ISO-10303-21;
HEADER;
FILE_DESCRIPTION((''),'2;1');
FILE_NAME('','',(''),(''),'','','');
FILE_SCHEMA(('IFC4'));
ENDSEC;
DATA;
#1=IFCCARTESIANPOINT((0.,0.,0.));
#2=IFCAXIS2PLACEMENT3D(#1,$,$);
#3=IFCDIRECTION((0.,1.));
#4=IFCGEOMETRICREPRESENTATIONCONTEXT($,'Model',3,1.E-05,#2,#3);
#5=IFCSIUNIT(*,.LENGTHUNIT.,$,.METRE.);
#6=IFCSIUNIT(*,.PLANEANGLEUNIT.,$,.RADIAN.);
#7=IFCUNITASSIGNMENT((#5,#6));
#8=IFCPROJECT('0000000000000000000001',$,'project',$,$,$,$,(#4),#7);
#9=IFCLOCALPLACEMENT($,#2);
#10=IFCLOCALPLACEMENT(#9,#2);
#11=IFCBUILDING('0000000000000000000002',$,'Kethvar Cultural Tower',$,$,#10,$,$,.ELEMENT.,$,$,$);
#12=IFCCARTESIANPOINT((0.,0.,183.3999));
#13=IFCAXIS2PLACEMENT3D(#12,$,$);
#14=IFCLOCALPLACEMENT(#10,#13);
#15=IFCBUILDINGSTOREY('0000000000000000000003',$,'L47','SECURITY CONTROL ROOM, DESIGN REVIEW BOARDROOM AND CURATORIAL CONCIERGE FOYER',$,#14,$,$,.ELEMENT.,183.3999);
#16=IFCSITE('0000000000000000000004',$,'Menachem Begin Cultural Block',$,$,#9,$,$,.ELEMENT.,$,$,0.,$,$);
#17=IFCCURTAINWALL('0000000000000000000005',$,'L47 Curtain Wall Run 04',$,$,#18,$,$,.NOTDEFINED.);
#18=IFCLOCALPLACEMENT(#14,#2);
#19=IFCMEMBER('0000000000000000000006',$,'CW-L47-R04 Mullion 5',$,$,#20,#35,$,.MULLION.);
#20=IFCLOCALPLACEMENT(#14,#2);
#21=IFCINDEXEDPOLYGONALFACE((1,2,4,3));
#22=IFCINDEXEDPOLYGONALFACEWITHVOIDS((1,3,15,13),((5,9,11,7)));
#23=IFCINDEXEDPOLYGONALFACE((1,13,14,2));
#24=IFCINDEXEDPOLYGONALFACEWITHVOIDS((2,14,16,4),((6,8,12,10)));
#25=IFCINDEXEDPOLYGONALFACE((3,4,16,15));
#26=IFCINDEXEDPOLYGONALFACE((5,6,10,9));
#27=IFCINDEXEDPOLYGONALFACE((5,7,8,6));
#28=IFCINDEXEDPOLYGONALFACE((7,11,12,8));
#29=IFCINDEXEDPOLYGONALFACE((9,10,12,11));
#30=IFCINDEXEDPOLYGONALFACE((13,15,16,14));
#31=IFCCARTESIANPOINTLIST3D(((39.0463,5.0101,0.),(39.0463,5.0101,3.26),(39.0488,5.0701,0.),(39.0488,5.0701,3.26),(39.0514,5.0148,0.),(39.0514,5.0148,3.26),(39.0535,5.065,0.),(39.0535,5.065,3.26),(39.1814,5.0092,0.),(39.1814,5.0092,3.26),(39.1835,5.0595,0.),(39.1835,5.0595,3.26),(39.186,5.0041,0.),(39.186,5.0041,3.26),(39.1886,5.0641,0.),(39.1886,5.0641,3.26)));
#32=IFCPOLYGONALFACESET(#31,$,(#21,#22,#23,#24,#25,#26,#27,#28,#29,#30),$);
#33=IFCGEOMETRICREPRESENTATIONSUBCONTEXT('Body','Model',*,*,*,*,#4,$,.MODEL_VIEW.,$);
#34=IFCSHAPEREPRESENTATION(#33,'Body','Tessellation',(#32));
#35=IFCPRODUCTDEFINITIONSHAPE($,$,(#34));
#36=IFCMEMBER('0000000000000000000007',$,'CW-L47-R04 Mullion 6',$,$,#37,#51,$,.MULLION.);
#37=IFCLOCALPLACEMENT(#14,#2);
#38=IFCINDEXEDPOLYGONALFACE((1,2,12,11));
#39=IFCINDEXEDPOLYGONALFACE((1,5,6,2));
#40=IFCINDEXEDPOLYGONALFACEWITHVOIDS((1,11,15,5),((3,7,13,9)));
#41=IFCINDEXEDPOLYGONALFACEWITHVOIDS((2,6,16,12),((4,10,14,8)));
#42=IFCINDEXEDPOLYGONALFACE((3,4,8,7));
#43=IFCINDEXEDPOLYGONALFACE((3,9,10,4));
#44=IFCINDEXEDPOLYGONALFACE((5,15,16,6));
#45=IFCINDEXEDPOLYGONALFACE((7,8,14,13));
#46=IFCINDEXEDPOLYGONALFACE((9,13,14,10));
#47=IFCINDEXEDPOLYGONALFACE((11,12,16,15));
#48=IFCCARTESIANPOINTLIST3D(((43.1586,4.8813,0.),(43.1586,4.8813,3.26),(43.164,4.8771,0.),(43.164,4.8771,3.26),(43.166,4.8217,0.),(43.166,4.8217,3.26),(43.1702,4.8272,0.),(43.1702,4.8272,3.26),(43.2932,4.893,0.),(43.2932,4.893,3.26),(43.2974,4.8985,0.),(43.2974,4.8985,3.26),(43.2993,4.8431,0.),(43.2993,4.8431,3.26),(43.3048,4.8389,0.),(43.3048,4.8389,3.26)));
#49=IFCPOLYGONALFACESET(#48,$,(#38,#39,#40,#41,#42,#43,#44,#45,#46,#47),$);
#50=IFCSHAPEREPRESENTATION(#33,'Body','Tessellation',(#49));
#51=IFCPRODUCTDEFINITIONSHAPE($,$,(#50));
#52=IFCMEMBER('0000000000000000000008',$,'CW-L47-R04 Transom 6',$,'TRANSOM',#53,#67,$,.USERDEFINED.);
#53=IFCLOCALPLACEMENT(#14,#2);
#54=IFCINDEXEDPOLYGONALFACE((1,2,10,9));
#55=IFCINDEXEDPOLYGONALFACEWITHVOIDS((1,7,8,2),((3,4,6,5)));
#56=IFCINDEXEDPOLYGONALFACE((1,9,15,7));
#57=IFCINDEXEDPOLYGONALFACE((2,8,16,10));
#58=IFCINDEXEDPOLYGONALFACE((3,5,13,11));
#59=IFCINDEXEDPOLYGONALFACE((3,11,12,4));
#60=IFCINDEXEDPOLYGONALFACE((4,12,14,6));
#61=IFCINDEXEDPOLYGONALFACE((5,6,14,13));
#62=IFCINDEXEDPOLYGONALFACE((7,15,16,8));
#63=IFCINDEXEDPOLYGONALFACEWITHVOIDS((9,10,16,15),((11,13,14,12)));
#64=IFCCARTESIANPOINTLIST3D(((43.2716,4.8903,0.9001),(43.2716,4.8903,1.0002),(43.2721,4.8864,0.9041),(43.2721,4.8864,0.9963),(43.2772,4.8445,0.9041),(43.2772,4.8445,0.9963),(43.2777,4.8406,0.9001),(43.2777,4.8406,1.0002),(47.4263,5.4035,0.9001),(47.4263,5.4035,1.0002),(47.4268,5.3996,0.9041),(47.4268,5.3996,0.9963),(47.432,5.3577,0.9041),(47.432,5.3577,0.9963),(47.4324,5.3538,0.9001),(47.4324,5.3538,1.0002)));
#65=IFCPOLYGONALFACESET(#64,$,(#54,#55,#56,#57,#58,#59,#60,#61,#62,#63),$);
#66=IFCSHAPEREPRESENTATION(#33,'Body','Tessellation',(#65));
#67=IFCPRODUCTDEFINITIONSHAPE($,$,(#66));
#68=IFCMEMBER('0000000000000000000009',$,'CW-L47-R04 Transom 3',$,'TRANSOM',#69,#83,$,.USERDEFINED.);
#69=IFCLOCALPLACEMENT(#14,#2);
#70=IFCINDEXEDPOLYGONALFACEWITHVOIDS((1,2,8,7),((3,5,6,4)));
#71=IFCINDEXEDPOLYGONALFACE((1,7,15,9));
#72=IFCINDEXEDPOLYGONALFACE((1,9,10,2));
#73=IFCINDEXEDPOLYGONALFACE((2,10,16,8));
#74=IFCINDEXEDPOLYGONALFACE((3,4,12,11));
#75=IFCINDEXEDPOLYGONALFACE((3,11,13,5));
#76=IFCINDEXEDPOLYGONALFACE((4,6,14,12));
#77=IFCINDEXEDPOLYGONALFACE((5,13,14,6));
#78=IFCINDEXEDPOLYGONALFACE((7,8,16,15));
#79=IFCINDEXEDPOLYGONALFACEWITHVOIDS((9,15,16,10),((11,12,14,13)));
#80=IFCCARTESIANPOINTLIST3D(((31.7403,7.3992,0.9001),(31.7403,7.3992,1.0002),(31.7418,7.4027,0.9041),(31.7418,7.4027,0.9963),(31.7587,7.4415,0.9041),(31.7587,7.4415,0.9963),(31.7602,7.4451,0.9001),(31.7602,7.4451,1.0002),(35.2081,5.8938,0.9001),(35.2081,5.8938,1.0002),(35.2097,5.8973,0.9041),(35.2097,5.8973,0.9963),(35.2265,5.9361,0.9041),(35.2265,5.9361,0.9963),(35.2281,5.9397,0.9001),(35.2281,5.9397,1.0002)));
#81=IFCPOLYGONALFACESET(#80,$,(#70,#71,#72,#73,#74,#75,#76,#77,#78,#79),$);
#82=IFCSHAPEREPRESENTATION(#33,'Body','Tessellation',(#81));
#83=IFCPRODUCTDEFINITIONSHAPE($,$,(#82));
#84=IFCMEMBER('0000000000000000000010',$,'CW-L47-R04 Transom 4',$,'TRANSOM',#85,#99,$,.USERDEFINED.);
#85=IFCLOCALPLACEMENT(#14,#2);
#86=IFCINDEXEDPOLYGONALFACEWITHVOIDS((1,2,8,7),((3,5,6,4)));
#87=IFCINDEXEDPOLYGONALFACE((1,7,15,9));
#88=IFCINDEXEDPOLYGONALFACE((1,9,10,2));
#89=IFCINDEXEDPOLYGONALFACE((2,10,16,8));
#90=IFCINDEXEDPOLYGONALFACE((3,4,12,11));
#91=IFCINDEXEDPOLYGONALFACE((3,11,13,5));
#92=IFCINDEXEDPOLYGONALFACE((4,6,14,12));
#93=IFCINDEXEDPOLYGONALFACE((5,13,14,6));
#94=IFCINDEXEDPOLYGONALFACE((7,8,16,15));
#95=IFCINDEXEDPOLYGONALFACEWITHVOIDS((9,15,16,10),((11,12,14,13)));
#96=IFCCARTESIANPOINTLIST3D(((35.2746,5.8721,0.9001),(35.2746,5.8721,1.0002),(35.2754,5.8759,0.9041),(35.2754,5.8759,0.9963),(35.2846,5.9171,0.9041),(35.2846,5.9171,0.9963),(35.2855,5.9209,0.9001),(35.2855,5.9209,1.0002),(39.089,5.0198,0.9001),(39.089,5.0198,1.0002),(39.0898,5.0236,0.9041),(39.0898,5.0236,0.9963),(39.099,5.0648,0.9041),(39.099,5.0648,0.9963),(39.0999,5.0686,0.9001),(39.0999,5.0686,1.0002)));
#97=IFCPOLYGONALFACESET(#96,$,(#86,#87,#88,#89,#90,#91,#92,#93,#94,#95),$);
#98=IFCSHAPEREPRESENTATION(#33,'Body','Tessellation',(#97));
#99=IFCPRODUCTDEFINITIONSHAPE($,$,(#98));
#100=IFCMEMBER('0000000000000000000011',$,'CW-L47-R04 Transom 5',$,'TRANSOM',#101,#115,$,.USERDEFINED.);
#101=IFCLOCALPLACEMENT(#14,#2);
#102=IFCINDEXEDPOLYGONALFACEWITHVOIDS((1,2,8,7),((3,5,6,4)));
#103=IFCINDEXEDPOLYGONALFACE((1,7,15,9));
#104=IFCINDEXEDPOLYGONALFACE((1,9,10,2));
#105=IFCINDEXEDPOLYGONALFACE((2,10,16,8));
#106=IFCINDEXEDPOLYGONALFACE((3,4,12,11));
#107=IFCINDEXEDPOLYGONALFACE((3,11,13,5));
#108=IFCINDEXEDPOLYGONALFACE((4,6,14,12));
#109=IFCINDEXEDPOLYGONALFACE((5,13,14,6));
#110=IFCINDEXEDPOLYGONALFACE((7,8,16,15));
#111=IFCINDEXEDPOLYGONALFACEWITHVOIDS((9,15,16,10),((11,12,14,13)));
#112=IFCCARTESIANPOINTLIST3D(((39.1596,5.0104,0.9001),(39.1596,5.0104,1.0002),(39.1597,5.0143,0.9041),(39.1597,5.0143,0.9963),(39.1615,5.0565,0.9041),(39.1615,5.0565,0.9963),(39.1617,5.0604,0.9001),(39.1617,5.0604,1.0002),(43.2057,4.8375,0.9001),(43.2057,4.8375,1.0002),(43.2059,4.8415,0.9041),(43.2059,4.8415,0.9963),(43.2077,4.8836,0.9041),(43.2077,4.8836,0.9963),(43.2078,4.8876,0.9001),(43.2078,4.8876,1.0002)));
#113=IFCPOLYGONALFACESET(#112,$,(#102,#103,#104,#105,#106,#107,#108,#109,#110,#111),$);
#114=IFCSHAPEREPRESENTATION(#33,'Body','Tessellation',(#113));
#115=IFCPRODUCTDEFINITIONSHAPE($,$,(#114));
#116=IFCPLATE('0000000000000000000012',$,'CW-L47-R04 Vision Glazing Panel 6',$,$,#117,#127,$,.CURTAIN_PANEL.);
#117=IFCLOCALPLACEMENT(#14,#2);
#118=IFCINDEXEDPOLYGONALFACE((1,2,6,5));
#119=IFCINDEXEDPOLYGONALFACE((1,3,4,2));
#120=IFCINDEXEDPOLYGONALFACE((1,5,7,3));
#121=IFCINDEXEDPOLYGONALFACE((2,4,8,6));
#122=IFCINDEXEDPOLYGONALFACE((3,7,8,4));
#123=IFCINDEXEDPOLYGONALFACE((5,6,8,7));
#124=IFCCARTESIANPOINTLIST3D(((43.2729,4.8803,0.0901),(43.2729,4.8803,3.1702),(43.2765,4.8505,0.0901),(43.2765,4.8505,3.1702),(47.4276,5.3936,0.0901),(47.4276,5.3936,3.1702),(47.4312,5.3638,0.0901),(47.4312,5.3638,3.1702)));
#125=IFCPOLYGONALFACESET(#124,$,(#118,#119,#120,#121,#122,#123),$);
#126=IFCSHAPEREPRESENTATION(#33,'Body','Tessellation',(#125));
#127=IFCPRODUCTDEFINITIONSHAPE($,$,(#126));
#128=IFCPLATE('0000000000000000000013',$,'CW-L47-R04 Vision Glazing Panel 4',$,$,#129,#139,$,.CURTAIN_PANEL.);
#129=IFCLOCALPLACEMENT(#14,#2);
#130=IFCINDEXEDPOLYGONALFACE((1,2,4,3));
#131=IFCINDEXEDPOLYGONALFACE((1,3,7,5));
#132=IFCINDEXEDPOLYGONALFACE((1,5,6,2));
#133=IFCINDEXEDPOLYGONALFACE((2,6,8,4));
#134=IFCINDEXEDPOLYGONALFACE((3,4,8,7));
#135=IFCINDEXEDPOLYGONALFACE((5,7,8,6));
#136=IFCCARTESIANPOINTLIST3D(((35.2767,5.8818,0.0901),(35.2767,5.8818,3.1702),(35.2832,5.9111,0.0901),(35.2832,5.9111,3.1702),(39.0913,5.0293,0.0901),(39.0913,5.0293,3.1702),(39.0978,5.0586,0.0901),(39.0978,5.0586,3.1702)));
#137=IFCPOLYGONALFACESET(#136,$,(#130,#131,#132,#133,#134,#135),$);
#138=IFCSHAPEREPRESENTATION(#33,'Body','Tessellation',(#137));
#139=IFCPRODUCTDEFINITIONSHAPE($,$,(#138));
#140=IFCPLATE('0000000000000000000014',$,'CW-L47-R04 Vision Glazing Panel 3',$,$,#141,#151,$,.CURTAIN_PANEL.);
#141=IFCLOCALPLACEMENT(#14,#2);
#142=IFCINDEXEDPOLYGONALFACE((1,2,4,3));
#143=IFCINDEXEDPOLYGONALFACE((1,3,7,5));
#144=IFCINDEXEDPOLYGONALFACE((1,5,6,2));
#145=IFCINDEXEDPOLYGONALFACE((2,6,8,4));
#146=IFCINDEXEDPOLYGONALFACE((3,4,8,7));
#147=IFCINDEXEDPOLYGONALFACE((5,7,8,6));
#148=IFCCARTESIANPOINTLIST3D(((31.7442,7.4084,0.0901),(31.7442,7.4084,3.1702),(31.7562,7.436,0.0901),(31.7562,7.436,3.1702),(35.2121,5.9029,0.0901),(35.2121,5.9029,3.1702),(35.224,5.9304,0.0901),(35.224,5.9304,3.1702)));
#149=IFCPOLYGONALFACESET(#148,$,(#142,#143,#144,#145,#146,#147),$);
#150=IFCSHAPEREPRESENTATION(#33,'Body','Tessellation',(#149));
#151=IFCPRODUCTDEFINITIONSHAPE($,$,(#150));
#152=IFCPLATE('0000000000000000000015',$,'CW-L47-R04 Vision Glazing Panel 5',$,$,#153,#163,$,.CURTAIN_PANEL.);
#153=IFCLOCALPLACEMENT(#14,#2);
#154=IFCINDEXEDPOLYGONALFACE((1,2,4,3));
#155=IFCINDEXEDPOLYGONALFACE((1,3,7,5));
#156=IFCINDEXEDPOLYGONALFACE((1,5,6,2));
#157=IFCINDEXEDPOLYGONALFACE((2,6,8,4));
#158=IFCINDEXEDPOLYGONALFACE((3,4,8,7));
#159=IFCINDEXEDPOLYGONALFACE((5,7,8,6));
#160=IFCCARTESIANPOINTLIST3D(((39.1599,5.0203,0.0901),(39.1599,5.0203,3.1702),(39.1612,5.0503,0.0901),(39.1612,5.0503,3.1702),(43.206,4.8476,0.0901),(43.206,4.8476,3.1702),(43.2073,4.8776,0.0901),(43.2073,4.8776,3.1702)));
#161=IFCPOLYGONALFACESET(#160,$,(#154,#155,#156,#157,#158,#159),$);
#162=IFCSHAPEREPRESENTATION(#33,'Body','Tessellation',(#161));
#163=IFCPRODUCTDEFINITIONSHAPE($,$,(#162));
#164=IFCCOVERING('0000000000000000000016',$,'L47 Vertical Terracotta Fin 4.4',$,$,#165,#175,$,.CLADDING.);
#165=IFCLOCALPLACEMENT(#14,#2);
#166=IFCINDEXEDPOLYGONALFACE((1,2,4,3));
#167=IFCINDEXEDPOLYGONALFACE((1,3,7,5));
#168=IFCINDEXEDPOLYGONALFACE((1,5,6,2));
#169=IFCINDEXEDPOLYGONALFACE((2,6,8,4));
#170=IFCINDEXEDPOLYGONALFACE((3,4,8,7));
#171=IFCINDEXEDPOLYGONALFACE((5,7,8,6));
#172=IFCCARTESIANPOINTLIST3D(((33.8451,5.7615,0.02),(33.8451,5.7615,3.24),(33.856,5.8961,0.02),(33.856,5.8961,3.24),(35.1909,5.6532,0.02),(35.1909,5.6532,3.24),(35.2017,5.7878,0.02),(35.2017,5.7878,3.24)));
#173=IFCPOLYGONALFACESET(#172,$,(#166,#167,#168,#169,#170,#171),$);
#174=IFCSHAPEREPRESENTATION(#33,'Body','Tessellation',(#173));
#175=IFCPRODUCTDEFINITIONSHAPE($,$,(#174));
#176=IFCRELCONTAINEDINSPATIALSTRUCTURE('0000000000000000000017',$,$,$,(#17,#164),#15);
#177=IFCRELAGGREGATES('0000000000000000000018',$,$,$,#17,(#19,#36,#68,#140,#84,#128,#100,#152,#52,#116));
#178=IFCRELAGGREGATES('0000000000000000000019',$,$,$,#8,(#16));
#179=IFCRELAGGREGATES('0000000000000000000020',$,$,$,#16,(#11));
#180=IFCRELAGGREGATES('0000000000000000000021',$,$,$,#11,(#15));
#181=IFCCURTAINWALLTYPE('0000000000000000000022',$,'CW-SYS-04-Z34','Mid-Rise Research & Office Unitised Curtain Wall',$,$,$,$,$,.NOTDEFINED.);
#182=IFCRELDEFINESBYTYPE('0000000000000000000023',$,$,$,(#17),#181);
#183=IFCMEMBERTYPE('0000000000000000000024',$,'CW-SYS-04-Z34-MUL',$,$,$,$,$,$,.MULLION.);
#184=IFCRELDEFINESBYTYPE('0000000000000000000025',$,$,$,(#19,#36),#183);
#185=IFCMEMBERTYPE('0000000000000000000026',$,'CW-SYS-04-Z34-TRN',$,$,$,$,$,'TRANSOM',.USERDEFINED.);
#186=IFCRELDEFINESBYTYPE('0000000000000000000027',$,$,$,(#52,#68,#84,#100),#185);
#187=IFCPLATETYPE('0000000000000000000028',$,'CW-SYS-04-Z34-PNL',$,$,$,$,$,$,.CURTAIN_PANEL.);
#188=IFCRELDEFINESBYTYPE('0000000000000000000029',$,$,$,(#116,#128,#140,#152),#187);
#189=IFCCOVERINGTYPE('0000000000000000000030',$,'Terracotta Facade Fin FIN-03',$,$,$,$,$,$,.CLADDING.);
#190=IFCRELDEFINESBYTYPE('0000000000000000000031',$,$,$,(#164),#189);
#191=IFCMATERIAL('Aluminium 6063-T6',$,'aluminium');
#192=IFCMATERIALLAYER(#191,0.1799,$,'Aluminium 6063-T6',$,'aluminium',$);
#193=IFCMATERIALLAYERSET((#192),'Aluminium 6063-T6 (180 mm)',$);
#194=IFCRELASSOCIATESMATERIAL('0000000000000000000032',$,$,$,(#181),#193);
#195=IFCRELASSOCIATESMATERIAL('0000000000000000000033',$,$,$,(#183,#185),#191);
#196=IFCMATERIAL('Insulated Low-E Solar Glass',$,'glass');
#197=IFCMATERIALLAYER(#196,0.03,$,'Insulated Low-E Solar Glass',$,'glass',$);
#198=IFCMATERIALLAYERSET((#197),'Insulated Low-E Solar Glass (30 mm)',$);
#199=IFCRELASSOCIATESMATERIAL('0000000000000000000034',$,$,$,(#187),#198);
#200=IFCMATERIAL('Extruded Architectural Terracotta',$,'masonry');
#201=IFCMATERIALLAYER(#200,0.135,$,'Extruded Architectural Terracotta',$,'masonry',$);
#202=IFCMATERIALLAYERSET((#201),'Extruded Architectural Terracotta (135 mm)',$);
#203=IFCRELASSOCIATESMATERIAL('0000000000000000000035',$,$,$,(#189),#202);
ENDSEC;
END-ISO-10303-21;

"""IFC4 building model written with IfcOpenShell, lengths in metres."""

from ifc_helpers import new_model, si_unit, direction, frame, origin, origin_2d, place, context, subcontext, project, spatial, rectangle, hollow_rectangle, extrude, source, transform, mapped, material, layer, layer_set, material_profile, profile_set, type_object, element, aggregate, save


model = new_model("IFC4")

# Units and contexts
model_context = context("Model", 3, precision=1e-05, world=origin(), true_north=direction((0.0, 1.0)))
body_context = subcontext(model_context, "Body", "Model", "MODEL_VIEW")
ifc_project = project(units=[si_unit("LENGTHUNIT", "METRE"), si_unit("PLANEANGLEUNIT", "RADIAN")], contexts=[model_context])

# Site, building, storey
site_placement = place(None, origin())
site = spatial("IfcSite", under=ifc_project, at=site_placement, Name="Menachem Begin Cultural Block", CompositionType="ELEMENT", RefElevation=0.0)
building_placement = place(site_placement, origin())
building = spatial("IfcBuilding", under=site, at=building_placement, Name="Kethvar Cultural Tower", CompositionType="ELEMENT")
storey_placement = place(building_placement, frame((0.0, 0.0, 183.3999)))
storey = spatial("IfcBuildingStorey", under=building, at=storey_placement, Name="L47", Description="SECURITY CONTROL ROOM, DESIGN REVIEW BOARDROOM AND CURATORIAL CONCIERGE FOYER", CompositionType="ELEMENT", Elevation=183.3999)

# Curtain wall, members, plates
ifc_material_1 = material(Name="Aluminium 6063-T6", Category="aluminium")
ifc_layer_1 = layer(ifc_material_1, 0.1799, Name="Aluminium 6063-T6", Category="aluminium")
ifc_layer_set_1 = layer_set([ifc_layer_1], Name="Aluminium 6063-T6 (180 mm)")
curtain_wall_type = type_object("IfcCurtainWallType", Name="CW-SYS-04-Z34", Description="Mid-Rise Research & Office Unitised Curtain Wall", PredefinedType="NOTDEFINED", material=ifc_layer_set_1)
curtain_wall_placement = place(storey_placement, origin())
curtain_wall = element("IfcCurtainWall", 1, at=curtain_wall_placement, inside=storey, type_object=curtain_wall_type, Name="L47 Curtain Wall Run 04", PredefinedType="NOTDEFINED")
ifc_material_profile_1 = material_profile(ifc_material_1, hollow_rectangle(XDim=0.0601, YDim=0.1399, WallThickness=0.0049, at=origin_2d()), Name="Aluminium 6063-T6 — RHS140x60x5")
ifc_profile_set_1 = profile_set([ifc_material_profile_1], Name="Aluminium 6063-T6 — RHS140x60x5")
member_type_1 = type_object("IfcMemberType", Name="CW-SYS-04-Z34-MUL", PredefinedType="MULLION", material=ifc_profile_set_1)
shared_shape_1 = source(origin(), body_context, "Body", "SweptSolid", [
    extrude(hollow_rectangle(XDim=0.0601, YDim=0.1399, WallThickness=0.0049, at=origin_2d()), origin(), (0.0, 0.0, 1.0), 3.26),
])
member_1_placement = place(storey_placement, frame((39.1174, 5.0371, 0.0), z_axis=(0.0, 0.0, 1.0), x_axis=(0.042643, 0.99909, 0.0)))
member_1 = element("IfcMember", 2, at=member_1_placement, type_object=member_type_1, Name="CW-L47-R04 Mullion 5", PredefinedType="MULLION", context=body_context, shape_type="MappedRepresentation", body=[
    mapped(shared_shape_1, transform((0.0, 0.0, 0.0), scale=1.0)),
])
member_2_placement = place(storey_placement, frame((43.2317, 4.8601, 0.0), z_axis=(0.0, 0.0, 1.0), x_axis=(-0.122614, 0.992454, 0.0)))
member_2 = element("IfcMember", 3, at=member_2_placement, type_object=member_type_1, Name="CW-L47-R04 Mullion 6", PredefinedType="MULLION", context=body_context, shape_type="MappedRepresentation", body=[
    mapped(shared_shape_1, transform((0.0, 0.0, 0.0), scale=1.0)),
])
ifc_material_profile_2 = material_profile(ifc_material_1, hollow_rectangle(XDim=0.05, YDim=0.1001, WallThickness=0.0039, at=origin_2d()), Name="Aluminium 6063-T6 — RHS100x50x4")
ifc_profile_set_2 = profile_set([ifc_material_profile_2], Name="Aluminium 6063-T6 — RHS100x50x4")
member_type_2 = type_object("IfcMemberType", Name="CW-SYS-04-Z34-TRN", ElementType="TRANSOM", PredefinedType="USERDEFINED", material=ifc_profile_set_2)
shared_shape_2 = source(origin(), body_context, "Body", "SweptSolid", [
    extrude(hollow_rectangle(XDim=0.05, YDim=0.1001, WallThickness=0.0039, at=origin_2d()), origin(), (0.0, 0.0, 1.0), 4.1863),
])
member_3_placement = place(storey_placement, frame((43.2747, 4.8655, 0.9502), z_axis=(0.992458, 0.122585, 0.0), x_axis=(-0.122585, 0.992458, 0.0)))
member_3 = element("IfcMember", 4, at=member_3_placement, type_object=member_type_2, Name="CW-L47-R04 Transom 6", ObjectType="TRANSOM", PredefinedType="USERDEFINED", context=body_context, shape_type="MappedRepresentation", body=[
    mapped(shared_shape_2, transform((0.0, 0.0, 0.0), scale=1.0)),
])
shared_shape_3 = source(origin(), body_context, "Body", "SweptSolid", [
    extrude(hollow_rectangle(XDim=0.05, YDim=0.1001, WallThickness=0.0039, at=origin_2d()), origin(), (0.0, 0.0, 1.0), 3.7805),
])
member_4_placement = place(storey_placement, frame((31.7502, 7.4221, 0.9502), z_axis=(0.917298, -0.398202, 0.0), x_axis=(0.398202, 0.917298, 0.0)))
member_4 = element("IfcMember", 5, at=member_4_placement, type_object=member_type_2, Name="CW-L47-R04 Transom 3", ObjectType="TRANSOM", PredefinedType="USERDEFINED", context=body_context, shape_type="MappedRepresentation", body=[
    mapped(shared_shape_3, transform((0.0, 0.0, 0.0), scale=1.0)),
])
shared_shape_4 = source(origin(), body_context, "Body", "SweptSolid", [
    extrude(hollow_rectangle(XDim=0.05, YDim=0.1001, WallThickness=0.0039, at=origin_2d()), origin(), (0.0, 0.0, 1.0), 3.9084),
])
member_5_placement = place(storey_placement, frame((35.28, 5.8965, 0.9502), z_axis=(0.975935, -0.218061, 0.0), x_axis=(0.218061, 0.975935, 0.0)))
member_5 = element("IfcMember", 6, at=member_5_placement, type_object=member_type_2, Name="CW-L47-R04 Transom 4", ObjectType="TRANSOM", PredefinedType="USERDEFINED", context=body_context, shape_type="MappedRepresentation", body=[
    mapped(shared_shape_4, transform((0.0, 0.0, 0.0), scale=1.0)),
])
shared_shape_5 = source(origin(), body_context, "Body", "SweptSolid", [
    extrude(hollow_rectangle(XDim=0.05, YDim=0.1001, WallThickness=0.0039, at=origin_2d()), origin(), (0.0, 0.0, 1.0), 4.0498),
])
member_6_placement = place(storey_placement, frame((39.1606, 5.0354, 0.9502), z_axis=(0.999089, -0.042681, 0.0), x_axis=(0.042681, 0.999089, 0.0)))
member_6 = element("IfcMember", 7, at=member_6_placement, type_object=member_type_2, Name="CW-L47-R04 Transom 5", ObjectType="TRANSOM", PredefinedType="USERDEFINED", context=body_context, shape_type="MappedRepresentation", body=[
    mapped(shared_shape_5, transform((0.0, 0.0, 0.0), scale=1.0)),
])
ifc_material_2 = material(Name="Insulated Low-E Solar Glass", Category="glass")
ifc_layer_2 = layer(ifc_material_2, 0.03, Name="Insulated Low-E Solar Glass", Category="glass")
ifc_layer_set_2 = layer_set([ifc_layer_2], Name="Insulated Low-E Solar Glass (30 mm)")
plate_type = type_object("IfcPlateType", Name="CW-SYS-04-Z34-PNL", PredefinedType="CURTAIN_PANEL", material=ifc_layer_set_2)
shared_shape_6 = source(origin(), body_context, "Body", "SweptSolid", [
    extrude(rectangle(XDim=4.1863, YDim=0.03, at=origin_2d()), origin(), (0.0, 0.0, 1.0), 3.0801),
])
plate_1_placement = place(storey_placement, frame((45.3521, 5.1221, 0.0901), z_axis=(0.0, 0.0, 1.0), x_axis=(0.992454, 0.122614, 0.0)))
plate_1 = element("IfcPlate", 8, at=plate_1_placement, type_object=plate_type, Name="CW-L47-R04 Vision Glazing Panel 6", PredefinedType="CURTAIN_PANEL", context=body_context, shape_type="MappedRepresentation", body=[
    mapped(shared_shape_6, transform((0.0, 0.0, 0.0), scale=1.0)),
])
shared_shape_7 = source(origin(), body_context, "Body", "SweptSolid", [
    extrude(rectangle(XDim=3.9087, YDim=0.03, at=origin_2d()), origin(), (0.0, 0.0, 1.0), 3.0801),
])
plate_2_placement = place(storey_placement, frame((37.1873, 5.4702, 0.0901), z_axis=(0.0, 0.0, 1.0), x_axis=(0.975928, -0.218092, 0.0)))
plate_2 = element("IfcPlate", 9, at=plate_2_placement, type_object=plate_type, Name="CW-L47-R04 Vision Glazing Panel 4", PredefinedType="CURTAIN_PANEL", context=body_context, shape_type="MappedRepresentation", body=[
    mapped(shared_shape_7, transform((0.0, 0.0, 0.0), scale=1.0)),
])
shared_shape_8 = source(origin(), body_context, "Body", "SweptSolid", [
    extrude(rectangle(XDim=3.7805, YDim=0.03, at=origin_2d()), origin(), (0.0, 0.0, 1.0), 3.0801),
])
plate_3_placement = place(storey_placement, frame((33.4841, 6.6694, 0.0901), z_axis=(0.0, 0.0, 1.0), x_axis=(0.917283, -0.398237, 0.0)))
plate_3 = element("IfcPlate", 10, at=plate_3_placement, type_object=plate_type, Name="CW-L47-R04 Vision Glazing Panel 3", PredefinedType="CURTAIN_PANEL", context=body_context, shape_type="MappedRepresentation", body=[
    mapped(shared_shape_8, transform((0.0, 0.0, 0.0), scale=1.0)),
])
shared_shape_9 = source(origin(), body_context, "Body", "SweptSolid", [
    extrude(rectangle(XDim=4.0498, YDim=0.03, at=origin_2d()), origin(), (0.0, 0.0, 1.0), 3.0801),
])
plate_4_placement = place(storey_placement, frame((41.1836, 4.949, 0.0901), z_axis=(0.0, 0.0, 1.0), x_axis=(0.99909, -0.042643, 0.0)))
plate_4 = element("IfcPlate", 11, at=plate_4_placement, type_object=plate_type, Name="CW-L47-R04 Vision Glazing Panel 5", PredefinedType="CURTAIN_PANEL", context=body_context, shape_type="MappedRepresentation", body=[
    mapped(shared_shape_9, transform((0.0, 0.0, 0.0), scale=1.0)),
])
aggregate(curtain_wall, [member_1, member_2, member_4, plate_3, member_5, plate_2, member_6, plate_4, member_3, plate_1])

# Covering
ifc_material_3 = material(Name="Extruded Architectural Terracotta", Category="masonry")
ifc_layer_3 = layer(ifc_material_3, 0.135, Name="Extruded Architectural Terracotta", Category="masonry")
ifc_layer_set_3 = layer_set([ifc_layer_3], Name="Extruded Architectural Terracotta (135 mm)")
covering_type = type_object("IfcCoveringType", Name="Terracotta Facade Fin FIN-03", PredefinedType="CLADDING", material=ifc_layer_set_3)
shared_shape_10 = source(origin(), body_context, "Body", "SweptSolid", [
    extrude(rectangle(XDim=1.3501, YDim=0.135, at=origin_2d()), origin(), (0.0, 0.0, 1.0), 3.22),
])
for number, where, z_axis, x_axis, name in (
    (12, (34.5234, 5.7747, 0.02), (0.0, 0.0, 1.0), (-0.996779, 0.080199, 0.0), "L47 Vertical Terracotta Fin 4.4"),
):
    element("IfcCovering", number, at=place(storey_placement, frame(where, z_axis=z_axis, x_axis=x_axis)), inside=storey, type_object=covering_type, Name=name, PredefinedType="CLADDING", context=body_context, shape_type="MappedRepresentation", body=[
        mapped(shared_shape_10, transform((0.0, 0.0, 0.0), scale=1.0)),
    ])

save(model, "model.ifc")
